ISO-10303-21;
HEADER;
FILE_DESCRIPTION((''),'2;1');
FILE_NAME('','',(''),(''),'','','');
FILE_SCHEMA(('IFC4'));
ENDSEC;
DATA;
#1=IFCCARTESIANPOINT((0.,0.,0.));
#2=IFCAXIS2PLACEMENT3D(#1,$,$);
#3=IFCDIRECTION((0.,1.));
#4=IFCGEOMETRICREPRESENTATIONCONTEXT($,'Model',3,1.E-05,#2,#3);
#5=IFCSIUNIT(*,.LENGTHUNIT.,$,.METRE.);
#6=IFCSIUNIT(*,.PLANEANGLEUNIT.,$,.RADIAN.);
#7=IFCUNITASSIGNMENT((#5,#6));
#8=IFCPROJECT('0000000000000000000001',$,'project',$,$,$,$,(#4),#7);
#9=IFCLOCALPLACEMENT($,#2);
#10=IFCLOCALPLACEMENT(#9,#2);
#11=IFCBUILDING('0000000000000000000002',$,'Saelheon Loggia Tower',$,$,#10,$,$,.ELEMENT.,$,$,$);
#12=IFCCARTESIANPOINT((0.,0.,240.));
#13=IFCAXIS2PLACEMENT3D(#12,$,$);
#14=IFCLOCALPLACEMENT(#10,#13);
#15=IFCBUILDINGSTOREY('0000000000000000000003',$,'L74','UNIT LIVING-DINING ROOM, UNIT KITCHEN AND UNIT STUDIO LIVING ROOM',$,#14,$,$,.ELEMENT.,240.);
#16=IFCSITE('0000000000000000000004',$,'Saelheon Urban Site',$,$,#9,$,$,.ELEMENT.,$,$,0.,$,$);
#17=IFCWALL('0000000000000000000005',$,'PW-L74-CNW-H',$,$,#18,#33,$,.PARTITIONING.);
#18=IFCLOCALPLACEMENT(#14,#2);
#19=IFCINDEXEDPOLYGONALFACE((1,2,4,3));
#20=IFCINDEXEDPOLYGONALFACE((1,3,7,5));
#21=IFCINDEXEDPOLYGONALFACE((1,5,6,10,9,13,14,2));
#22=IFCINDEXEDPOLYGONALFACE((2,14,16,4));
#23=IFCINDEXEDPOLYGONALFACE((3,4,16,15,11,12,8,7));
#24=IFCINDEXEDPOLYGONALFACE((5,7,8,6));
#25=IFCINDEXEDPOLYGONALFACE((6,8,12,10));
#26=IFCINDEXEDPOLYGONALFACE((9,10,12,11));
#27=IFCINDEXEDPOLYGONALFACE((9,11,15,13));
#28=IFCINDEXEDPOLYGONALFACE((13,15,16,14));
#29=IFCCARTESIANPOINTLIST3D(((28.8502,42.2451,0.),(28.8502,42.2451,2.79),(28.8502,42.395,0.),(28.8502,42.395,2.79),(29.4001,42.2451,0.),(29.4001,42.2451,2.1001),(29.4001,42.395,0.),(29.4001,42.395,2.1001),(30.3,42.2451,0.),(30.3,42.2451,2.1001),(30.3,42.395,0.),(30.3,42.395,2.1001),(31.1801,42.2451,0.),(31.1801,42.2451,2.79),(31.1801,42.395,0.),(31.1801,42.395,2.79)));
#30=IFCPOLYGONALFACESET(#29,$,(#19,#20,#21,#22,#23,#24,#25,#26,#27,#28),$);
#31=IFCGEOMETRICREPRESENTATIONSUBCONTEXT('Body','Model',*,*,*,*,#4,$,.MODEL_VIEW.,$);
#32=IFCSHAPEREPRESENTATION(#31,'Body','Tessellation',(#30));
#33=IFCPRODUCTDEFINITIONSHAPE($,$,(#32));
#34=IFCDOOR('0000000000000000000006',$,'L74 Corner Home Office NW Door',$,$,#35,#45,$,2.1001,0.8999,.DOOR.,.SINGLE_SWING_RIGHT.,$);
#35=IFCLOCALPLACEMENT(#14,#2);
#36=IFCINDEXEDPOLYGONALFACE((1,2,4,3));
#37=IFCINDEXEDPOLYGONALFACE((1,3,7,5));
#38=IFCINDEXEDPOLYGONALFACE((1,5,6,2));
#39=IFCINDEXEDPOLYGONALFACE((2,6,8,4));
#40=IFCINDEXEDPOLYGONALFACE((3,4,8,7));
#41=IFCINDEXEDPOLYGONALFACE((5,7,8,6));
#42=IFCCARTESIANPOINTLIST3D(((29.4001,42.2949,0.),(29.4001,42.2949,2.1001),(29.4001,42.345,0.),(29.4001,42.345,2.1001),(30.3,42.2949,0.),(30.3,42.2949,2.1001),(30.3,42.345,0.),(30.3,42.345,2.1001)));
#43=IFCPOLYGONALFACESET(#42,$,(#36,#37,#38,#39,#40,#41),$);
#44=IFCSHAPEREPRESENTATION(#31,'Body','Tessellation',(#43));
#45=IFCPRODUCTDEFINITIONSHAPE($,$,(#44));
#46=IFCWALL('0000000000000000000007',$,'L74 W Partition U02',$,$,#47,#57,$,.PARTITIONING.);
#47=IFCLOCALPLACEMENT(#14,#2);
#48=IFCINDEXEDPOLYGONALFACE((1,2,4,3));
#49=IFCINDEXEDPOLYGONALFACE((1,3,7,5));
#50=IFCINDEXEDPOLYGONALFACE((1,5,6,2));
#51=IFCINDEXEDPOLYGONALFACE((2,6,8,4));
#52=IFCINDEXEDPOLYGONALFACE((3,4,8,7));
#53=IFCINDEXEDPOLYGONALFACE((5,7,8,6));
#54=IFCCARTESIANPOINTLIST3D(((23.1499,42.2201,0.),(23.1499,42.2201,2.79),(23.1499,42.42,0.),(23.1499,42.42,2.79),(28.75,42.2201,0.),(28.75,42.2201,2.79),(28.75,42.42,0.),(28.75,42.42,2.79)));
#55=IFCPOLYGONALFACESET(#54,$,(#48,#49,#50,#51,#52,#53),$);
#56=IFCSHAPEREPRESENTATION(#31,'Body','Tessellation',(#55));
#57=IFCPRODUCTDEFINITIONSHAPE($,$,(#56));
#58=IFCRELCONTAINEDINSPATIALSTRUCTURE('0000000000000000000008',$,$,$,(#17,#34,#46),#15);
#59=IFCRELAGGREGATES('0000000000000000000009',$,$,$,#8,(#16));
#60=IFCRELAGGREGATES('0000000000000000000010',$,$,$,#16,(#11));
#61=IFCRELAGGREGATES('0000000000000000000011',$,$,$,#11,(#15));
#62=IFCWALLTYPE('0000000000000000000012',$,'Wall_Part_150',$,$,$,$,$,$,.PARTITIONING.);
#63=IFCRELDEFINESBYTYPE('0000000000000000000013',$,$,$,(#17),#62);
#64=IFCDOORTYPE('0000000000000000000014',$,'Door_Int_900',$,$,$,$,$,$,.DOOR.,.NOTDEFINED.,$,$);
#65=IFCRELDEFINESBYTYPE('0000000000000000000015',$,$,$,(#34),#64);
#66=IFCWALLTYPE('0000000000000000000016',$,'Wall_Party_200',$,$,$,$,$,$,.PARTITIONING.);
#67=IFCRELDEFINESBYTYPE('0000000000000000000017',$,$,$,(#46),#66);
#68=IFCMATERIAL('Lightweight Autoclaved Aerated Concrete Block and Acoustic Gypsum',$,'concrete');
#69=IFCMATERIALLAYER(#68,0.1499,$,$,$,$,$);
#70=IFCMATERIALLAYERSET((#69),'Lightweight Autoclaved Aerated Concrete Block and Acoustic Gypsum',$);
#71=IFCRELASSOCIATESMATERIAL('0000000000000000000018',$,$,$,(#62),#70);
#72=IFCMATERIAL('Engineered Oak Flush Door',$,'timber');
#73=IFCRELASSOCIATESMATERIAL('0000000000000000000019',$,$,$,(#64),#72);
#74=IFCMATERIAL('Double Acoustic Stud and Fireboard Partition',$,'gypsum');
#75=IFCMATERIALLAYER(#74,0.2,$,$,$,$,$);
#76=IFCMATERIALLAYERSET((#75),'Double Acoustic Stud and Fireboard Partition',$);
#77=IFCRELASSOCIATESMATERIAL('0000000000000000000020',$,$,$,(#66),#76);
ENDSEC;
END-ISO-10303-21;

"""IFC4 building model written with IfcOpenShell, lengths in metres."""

from ifc_helpers import new_model, si_unit, direction, frame, frame_2d, origin, place, context, subcontext, project, spatial, rectangle, extrude, source, transform, mapped, material, layer, layer_set, type_object, element, fill, save


model = new_model("IFC4")

# Units and contexts
model_context = context("Model", 3, precision=1e-05, world=origin(), true_north=direction((0.0, 1.0)))
body_context = subcontext(model_context, "Body", "Model", "MODEL_VIEW")
ifc_project = project(units=[si_unit("LENGTHUNIT", "METRE"), si_unit("PLANEANGLEUNIT", "RADIAN")], contexts=[model_context])

# Site, building, storey
site_placement = place(None, origin())
site = spatial("IfcSite", under=ifc_project, at=site_placement, Name="Saelheon Urban Site", CompositionType="ELEMENT", RefElevation=0.0)
building_placement = place(site_placement, origin())
building = spatial("IfcBuilding", under=site, at=building_placement, Name="Saelheon Loggia Tower", CompositionType="ELEMENT")
storey_placement = place(building_placement, frame((0.0, 0.0, 240.0)))
storey = spatial("IfcBuildingStorey", under=building, at=storey_placement, Name="L74", Description="UNIT LIVING-DINING ROOM, UNIT KITCHEN AND UNIT STUDIO LIVING ROOM", CompositionType="ELEMENT", Elevation=240.0)

# Wall, opening, door
ifc_material_1 = material(Name="Lightweight Autoclaved Aerated Concrete Block and Acoustic Gypsum", Category="concrete")
ifc_layer_1 = layer(ifc_material_1, 0.1499)
ifc_layer_set_1 = layer_set([ifc_layer_1], Name="Lightweight Autoclaved Aerated Concrete Block and Acoustic Gypsum")
wall_type_1 = type_object("IfcWallType", Name="Wall_Part_150", PredefinedType="PARTITIONING", material=ifc_layer_set_1)
wall_1_placement = place(storey_placement, frame((28.8501, 42.3201, 0.0), z_axis=(0.0, 0.0, 1.0), x_axis=(1.0, 0.0, 0.0)))
wall_1 = element("IfcWall", 1, at=wall_1_placement, inside=storey, type_object=wall_type_1, Name="PW-L74-CNW-H", PredefinedType="PARTITIONING", context=body_context, shape_type="SweptSolid", body=[
    extrude(rectangle(XDim=2.3298, YDim=0.1499, at=frame_2d((1.165, 0.0))), origin(), (0.0, 0.0, 1.0), 2.79),
])
opening_1_placement = place(wall_1_placement, frame((0.55, 0.0, 0.0)))
opening_1 = element("IfcOpeningElement", 2, at=opening_1_placement, cuts=wall_1, PredefinedType="OPENING", context=body_context, shape_type="SweptSolid", body=[
    extrude(rectangle(XDim=0.8999, YDim=2.1001, at=frame_2d((0.45, 1.05))), frame((0.0, 0.0869, 0.0), z_axis=(0.0, -1.0, 0.0), x_axis=(1.0, 0.0, 0.0)), (0.0, 0.0, 1.0), 0.1738),
])
ifc_material_2 = material(Name="Engineered Oak Flush Door", Category="timber")
door_type_1 = type_object("IfcDoorType", Name="Door_Int_900", OperationType="NOTDEFINED", PredefinedType="DOOR", material=ifc_material_2)
shared_shape_1 = source(origin(), body_context, "Body", "SweptSolid", [
    extrude(rectangle(XDim=0.8999, YDim=2.1001, at=frame_2d((0.45, 1.05))), frame((0.0, 0.0249, 0.0), z_axis=(0.0, -1.0, 0.0), x_axis=(1.0, 0.0, 0.0)), (0.0, 0.0, 1.0), 0.05),
])
door_1_placement = place(opening_1_placement, origin())
door_1 = element("IfcDoor", 3, at=door_1_placement, inside=storey, type_object=door_type_1, Name="L74 Corner Home Office NW Door", OperationType="SINGLE_SWING_RIGHT", OverallHeight=2.1001, OverallWidth=0.8999, PredefinedType="DOOR", context=body_context, shape_type="MappedRepresentation", body=[
    mapped(shared_shape_1, transform((0.0, 0.0, 0.0), scale=1.0)),
])
fill(opening_1, door_1)

# Wall
ifc_material_3 = material(Name="Double Acoustic Stud and Fireboard Partition", Category="gypsum")
ifc_layer_2 = layer(ifc_material_3, 0.2)
ifc_layer_set_2 = layer_set([ifc_layer_2], Name="Double Acoustic Stud and Fireboard Partition")
wall_type_2 = type_object("IfcWallType", Name="Wall_Party_200", PredefinedType="PARTITIONING", material=ifc_layer_set_2)
wall_2_placement = place(storey_placement, frame((28.75, 42.3201, 0.0), z_axis=(0.0, 0.0, 1.0), x_axis=(-1.0, 0.0, 0.0)))
element("IfcWall", 4, at=wall_2_placement, inside=storey, type_object=wall_type_2, Name="L74 W Partition U02", PredefinedType="PARTITIONING", context=body_context, shape_type="SweptSolid", body=[
    extrude(rectangle(XDim=5.6001, YDim=0.2, at=frame_2d((2.8, 0.0))), origin(), (0.0, 0.0, 1.0), 2.79),
])

save(model, "model.ifc")
